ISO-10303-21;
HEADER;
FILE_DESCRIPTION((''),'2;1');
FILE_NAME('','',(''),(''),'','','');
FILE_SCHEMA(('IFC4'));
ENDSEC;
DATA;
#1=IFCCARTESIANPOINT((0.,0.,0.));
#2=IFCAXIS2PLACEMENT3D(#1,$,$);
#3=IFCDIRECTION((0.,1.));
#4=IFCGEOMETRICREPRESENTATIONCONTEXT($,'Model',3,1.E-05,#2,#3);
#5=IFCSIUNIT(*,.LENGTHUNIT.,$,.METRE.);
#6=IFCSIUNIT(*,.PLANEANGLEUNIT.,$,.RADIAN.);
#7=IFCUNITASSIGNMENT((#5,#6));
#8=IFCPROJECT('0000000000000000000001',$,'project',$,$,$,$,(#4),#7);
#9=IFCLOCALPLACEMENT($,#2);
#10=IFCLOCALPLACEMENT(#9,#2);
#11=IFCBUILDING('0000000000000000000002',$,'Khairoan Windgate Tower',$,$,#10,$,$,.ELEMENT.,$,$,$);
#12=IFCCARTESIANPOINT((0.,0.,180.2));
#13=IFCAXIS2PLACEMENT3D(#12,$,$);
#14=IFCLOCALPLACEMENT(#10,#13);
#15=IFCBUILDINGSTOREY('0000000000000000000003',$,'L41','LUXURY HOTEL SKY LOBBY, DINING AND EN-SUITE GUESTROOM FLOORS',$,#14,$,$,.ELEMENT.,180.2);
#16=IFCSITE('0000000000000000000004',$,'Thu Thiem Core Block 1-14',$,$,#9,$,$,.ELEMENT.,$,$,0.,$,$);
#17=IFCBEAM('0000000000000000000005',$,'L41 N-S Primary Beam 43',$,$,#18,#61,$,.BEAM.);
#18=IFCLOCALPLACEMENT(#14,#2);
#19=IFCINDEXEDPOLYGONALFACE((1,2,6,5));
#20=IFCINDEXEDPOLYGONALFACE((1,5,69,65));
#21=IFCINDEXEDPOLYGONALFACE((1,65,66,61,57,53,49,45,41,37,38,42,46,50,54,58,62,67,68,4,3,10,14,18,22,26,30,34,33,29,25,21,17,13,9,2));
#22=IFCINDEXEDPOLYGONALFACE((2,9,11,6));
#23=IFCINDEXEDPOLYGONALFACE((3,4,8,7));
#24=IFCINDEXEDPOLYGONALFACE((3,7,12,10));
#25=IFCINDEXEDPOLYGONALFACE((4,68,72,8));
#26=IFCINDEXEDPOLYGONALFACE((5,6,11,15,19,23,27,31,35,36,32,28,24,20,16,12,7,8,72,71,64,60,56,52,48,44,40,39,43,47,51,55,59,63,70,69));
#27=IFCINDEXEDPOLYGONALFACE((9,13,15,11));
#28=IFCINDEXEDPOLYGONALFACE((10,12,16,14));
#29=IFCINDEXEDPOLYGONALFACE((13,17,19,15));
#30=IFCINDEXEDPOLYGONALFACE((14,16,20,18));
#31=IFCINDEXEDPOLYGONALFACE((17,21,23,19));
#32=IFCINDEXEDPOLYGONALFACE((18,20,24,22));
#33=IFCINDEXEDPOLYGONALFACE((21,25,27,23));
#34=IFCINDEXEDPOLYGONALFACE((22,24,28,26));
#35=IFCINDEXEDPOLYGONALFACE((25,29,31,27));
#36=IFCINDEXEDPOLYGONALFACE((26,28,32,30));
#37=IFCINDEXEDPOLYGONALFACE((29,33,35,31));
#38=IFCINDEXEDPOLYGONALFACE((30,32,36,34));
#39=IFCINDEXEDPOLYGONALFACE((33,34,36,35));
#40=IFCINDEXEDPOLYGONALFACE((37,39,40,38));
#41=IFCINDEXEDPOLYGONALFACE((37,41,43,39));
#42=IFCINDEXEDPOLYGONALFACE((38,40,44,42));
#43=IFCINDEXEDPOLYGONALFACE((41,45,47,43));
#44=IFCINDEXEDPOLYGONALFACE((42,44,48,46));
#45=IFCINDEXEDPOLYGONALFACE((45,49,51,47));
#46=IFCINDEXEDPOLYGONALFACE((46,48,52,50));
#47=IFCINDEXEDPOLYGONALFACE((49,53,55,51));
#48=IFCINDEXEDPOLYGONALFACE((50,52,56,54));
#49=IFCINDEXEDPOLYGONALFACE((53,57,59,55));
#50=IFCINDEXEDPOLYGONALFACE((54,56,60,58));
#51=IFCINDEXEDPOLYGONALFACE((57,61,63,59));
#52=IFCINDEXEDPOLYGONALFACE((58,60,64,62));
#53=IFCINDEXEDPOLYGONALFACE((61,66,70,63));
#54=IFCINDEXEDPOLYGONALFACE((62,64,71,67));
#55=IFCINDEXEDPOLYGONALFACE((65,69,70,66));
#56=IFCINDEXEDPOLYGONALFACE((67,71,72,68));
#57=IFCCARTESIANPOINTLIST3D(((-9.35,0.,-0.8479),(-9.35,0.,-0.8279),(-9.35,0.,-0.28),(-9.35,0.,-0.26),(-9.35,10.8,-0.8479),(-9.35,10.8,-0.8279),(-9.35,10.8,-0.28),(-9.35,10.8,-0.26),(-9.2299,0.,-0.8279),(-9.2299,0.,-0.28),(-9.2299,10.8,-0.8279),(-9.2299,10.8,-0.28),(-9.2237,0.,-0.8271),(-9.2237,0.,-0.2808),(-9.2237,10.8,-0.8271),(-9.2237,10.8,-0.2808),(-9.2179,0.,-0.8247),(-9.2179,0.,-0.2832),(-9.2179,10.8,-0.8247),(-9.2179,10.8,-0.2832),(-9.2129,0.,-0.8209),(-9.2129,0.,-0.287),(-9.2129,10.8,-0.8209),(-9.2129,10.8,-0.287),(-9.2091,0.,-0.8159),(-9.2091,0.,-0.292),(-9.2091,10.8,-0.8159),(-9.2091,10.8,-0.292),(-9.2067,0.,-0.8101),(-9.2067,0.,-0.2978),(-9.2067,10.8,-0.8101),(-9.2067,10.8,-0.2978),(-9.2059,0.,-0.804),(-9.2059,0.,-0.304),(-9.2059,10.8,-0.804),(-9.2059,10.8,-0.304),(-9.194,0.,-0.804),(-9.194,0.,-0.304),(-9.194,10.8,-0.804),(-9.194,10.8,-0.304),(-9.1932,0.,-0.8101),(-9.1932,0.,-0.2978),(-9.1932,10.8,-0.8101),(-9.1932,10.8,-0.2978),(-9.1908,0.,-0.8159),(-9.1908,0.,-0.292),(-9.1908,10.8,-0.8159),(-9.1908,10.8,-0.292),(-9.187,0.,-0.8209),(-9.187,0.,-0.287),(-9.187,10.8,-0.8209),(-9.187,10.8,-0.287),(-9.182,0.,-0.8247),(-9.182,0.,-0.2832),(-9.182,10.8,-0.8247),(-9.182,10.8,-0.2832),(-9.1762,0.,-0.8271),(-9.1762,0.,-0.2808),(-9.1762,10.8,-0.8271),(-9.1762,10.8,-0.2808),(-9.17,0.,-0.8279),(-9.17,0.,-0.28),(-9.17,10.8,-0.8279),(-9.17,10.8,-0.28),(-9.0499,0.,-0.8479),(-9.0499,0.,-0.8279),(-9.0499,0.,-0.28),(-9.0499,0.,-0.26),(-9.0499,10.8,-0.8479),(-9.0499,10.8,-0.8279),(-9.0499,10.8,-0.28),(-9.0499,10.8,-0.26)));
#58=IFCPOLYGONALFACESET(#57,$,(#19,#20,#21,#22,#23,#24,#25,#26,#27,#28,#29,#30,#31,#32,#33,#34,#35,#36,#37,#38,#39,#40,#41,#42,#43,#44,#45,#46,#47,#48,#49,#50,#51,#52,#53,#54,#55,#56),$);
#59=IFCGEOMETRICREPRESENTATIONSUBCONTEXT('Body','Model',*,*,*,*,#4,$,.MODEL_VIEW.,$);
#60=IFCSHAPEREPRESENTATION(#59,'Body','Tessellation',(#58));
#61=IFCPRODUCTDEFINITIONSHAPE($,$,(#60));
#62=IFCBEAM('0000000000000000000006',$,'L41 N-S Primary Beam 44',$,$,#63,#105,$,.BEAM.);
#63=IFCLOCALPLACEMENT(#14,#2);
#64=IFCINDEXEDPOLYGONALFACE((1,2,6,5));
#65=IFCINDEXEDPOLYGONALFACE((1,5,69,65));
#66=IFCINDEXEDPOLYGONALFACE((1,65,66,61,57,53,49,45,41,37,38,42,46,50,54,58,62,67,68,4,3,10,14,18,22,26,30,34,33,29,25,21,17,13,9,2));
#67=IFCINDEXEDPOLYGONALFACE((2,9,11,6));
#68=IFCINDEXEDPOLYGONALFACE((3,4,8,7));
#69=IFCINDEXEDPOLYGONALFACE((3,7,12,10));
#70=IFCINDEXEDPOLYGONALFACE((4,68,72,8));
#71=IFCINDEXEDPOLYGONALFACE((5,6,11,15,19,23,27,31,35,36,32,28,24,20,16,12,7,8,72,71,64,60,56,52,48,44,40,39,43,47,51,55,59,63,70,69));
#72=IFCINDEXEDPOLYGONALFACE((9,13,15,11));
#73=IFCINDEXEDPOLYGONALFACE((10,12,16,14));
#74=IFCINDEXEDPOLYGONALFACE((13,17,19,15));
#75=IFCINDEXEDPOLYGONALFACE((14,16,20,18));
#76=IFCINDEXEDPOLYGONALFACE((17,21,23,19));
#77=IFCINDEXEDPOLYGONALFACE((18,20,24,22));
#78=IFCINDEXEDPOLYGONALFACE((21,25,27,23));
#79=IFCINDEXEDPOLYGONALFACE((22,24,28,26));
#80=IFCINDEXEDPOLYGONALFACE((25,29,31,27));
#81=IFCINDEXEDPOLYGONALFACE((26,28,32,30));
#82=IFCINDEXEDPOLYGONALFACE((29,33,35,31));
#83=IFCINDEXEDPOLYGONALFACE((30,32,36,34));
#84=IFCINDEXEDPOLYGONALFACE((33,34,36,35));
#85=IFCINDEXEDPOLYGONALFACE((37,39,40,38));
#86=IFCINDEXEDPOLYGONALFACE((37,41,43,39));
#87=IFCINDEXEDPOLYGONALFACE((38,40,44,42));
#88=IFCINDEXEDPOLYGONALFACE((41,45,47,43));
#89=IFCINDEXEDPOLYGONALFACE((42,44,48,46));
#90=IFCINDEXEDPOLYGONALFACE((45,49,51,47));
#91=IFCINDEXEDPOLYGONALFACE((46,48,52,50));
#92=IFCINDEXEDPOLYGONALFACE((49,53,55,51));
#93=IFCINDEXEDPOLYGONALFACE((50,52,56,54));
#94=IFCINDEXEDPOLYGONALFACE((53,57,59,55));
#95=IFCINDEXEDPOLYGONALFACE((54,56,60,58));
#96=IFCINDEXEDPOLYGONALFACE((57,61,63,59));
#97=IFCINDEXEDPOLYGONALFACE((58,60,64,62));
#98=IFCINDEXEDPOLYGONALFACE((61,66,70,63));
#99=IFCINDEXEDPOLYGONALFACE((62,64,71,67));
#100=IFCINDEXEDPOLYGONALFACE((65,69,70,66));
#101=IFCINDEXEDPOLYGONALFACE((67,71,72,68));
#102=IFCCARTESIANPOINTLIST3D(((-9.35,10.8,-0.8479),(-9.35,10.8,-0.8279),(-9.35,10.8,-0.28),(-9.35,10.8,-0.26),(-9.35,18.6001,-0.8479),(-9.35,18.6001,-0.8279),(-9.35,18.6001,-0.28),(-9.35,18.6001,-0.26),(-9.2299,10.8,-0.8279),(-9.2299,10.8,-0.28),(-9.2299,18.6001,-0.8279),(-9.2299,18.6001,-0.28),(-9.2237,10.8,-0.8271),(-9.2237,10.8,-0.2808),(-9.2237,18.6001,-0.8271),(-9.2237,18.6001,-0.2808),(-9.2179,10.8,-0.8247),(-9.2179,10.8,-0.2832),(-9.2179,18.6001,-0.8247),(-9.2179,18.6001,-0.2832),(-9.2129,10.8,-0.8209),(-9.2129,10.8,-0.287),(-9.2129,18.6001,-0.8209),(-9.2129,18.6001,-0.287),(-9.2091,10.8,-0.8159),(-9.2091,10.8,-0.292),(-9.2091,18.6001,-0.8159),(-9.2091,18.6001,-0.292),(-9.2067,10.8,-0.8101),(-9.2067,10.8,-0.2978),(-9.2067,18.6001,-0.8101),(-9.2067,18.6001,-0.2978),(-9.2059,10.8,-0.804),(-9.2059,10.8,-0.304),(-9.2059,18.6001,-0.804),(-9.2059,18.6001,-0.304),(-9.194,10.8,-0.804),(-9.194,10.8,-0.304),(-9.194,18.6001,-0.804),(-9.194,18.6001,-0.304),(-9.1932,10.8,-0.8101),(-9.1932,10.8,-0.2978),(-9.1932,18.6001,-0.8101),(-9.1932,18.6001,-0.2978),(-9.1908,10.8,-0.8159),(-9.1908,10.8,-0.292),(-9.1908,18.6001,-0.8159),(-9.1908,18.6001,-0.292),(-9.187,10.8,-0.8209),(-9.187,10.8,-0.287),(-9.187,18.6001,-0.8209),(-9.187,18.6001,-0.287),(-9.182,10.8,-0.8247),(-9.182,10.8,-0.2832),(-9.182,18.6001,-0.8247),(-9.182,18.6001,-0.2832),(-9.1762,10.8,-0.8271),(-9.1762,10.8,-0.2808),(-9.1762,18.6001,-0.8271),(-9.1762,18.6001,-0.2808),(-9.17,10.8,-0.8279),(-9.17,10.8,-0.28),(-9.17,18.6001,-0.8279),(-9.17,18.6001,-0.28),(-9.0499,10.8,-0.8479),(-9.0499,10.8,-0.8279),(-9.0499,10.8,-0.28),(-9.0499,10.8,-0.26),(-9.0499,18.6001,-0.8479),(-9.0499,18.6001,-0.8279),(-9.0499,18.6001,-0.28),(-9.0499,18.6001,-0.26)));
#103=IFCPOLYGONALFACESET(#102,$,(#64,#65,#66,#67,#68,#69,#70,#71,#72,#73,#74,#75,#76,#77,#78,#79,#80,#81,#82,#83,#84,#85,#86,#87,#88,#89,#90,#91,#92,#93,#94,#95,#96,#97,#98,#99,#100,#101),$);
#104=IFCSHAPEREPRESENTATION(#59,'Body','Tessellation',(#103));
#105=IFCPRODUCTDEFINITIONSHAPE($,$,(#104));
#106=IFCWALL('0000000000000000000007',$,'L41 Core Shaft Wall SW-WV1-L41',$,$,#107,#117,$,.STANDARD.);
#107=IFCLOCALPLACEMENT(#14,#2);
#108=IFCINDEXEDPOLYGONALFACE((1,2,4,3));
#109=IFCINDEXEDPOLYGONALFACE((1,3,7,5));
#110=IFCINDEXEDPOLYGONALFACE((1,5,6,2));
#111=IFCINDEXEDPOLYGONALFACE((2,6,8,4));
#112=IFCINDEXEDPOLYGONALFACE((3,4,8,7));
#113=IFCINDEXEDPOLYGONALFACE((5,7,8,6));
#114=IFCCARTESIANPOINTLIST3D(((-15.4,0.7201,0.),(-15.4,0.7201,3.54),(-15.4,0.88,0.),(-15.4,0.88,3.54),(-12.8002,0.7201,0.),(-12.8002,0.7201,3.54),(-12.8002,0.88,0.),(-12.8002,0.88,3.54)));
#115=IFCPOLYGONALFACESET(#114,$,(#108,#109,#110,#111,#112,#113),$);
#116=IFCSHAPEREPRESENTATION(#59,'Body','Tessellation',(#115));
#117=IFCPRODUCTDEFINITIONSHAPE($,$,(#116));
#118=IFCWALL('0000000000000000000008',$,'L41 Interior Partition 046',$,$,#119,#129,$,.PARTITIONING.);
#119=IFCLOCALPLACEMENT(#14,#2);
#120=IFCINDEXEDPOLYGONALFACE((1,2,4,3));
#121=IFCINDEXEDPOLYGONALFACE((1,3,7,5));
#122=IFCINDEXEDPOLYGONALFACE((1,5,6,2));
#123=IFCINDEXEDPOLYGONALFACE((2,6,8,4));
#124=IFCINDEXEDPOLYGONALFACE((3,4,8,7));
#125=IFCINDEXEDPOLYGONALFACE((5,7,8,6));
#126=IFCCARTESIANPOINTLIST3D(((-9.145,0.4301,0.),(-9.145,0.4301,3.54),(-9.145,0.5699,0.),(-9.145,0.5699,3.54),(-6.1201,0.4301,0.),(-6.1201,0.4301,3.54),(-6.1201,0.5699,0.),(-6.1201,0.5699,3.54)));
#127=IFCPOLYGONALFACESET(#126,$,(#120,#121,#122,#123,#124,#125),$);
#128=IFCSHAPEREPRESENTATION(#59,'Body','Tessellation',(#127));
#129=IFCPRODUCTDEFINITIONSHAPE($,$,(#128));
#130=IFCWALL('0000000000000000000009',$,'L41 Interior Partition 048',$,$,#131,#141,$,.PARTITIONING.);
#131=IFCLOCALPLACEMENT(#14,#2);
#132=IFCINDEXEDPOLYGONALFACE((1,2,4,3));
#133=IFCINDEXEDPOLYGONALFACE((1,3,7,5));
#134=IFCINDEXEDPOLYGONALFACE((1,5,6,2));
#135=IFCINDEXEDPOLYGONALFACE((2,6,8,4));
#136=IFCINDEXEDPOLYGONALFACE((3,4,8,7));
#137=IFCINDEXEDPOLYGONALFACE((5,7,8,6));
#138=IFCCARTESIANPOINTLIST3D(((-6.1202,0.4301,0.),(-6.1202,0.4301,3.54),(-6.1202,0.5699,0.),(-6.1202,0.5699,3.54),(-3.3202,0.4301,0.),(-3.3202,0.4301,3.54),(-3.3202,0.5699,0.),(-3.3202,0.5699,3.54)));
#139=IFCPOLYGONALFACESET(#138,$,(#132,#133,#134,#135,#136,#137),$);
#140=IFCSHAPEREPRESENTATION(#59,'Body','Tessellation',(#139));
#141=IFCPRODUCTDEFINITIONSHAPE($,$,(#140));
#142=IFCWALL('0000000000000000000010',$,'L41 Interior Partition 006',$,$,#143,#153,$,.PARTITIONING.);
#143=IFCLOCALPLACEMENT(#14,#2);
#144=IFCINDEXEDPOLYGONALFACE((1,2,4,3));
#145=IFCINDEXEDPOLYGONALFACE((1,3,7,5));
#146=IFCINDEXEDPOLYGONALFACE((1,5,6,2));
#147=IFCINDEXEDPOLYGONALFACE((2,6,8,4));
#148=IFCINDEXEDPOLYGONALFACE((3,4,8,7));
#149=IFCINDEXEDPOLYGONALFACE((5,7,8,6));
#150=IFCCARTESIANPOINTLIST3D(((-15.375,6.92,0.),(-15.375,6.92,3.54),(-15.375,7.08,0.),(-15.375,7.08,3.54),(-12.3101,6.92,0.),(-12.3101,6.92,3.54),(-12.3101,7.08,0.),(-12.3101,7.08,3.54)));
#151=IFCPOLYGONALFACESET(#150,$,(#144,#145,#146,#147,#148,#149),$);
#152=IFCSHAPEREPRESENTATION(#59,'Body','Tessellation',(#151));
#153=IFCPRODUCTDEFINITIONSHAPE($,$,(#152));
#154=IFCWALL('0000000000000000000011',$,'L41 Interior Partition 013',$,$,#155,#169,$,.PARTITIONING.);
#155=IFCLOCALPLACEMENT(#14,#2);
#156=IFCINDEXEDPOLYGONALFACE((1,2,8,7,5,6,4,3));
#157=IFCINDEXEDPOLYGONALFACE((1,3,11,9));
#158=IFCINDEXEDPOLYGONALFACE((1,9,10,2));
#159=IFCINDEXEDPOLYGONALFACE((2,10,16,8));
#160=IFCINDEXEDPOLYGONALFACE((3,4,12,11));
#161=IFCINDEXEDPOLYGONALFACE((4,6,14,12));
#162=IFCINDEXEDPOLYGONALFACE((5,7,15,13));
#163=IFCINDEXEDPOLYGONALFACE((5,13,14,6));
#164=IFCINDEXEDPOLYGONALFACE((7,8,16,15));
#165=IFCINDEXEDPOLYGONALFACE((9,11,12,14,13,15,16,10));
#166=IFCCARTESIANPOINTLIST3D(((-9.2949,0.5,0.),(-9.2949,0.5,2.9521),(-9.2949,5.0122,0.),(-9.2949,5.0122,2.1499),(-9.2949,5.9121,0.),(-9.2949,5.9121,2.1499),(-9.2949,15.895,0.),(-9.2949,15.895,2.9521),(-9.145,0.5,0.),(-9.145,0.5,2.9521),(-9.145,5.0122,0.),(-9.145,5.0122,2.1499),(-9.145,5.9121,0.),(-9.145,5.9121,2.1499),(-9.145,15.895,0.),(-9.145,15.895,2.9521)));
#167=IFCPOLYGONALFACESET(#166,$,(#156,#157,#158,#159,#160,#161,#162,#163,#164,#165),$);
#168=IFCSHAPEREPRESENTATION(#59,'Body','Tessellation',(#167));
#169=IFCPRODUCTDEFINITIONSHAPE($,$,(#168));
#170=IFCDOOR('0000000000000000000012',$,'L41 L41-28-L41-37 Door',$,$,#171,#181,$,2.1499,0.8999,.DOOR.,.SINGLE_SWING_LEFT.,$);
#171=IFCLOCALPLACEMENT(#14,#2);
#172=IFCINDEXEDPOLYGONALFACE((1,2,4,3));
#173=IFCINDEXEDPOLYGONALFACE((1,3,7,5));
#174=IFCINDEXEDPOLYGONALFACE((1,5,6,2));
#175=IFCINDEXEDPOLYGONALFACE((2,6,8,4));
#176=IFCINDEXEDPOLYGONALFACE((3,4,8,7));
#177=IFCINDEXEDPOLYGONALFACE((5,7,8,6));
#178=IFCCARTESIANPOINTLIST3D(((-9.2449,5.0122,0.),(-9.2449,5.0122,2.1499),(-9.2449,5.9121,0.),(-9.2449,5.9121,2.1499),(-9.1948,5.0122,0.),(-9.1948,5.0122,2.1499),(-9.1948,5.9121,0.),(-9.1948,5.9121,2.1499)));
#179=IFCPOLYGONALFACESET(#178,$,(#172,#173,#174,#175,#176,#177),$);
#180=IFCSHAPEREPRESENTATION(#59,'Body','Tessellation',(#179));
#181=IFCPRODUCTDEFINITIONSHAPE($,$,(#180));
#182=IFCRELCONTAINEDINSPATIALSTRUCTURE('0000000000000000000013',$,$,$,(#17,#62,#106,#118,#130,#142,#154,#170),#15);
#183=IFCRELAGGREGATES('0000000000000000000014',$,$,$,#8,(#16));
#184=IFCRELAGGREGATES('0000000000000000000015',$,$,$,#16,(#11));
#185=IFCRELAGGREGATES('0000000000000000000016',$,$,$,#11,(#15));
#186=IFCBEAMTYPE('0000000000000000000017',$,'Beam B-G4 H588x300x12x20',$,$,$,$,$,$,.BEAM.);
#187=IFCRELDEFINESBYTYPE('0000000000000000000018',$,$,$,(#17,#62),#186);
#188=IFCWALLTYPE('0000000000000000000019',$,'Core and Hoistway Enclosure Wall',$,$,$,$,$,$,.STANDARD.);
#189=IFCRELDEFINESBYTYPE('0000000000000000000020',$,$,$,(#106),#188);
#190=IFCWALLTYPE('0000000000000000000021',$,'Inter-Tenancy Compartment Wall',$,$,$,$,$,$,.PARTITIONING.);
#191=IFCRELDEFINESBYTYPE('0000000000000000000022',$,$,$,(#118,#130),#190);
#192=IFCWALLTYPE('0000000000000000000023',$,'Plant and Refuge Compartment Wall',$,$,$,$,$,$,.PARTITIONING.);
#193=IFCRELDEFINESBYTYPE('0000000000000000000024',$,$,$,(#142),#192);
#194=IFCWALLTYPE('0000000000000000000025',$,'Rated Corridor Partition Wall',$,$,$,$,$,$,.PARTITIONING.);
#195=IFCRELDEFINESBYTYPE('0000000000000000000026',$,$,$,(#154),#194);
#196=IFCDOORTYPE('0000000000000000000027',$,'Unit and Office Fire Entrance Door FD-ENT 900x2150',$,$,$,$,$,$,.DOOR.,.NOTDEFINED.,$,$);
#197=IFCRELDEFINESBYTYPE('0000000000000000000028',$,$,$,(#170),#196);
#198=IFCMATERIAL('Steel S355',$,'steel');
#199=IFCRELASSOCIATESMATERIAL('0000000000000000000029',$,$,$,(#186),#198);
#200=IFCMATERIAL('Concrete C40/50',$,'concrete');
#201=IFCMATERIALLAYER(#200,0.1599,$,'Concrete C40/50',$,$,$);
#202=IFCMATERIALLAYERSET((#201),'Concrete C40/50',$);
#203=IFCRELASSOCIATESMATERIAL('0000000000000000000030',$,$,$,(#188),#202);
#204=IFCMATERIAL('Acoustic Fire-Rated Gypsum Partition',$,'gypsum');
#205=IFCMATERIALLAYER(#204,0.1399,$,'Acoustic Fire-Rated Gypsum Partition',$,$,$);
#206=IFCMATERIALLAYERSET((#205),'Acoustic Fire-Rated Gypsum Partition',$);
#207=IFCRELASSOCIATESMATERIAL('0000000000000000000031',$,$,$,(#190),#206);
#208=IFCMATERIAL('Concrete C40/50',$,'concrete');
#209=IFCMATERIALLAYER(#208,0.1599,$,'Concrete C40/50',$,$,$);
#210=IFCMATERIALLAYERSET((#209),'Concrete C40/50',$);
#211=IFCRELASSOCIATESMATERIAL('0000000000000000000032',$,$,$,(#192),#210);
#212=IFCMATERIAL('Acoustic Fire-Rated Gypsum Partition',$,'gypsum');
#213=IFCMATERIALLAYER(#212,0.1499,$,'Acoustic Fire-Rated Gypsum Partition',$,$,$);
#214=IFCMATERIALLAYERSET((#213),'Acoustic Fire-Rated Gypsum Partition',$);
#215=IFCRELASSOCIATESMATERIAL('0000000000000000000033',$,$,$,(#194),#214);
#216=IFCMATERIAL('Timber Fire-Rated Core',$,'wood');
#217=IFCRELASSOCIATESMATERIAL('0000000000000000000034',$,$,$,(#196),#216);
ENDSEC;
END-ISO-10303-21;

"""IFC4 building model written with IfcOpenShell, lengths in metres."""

from ifc_helpers import new_model, si_unit, direction, frame, frame_2d, origin, origin_2d, place, context, subcontext, project, spatial, rectangle, i_section, extrude, material, layer, layer_set, material_profile, profile_set, type_object, element, fill, save


model = new_model("IFC4")

# Units and contexts
model_context = context("Model", 3, precision=1e-05, world=origin(), true_north=direction((0.0, 1.0)))
body_context = subcontext(model_context, "Body", "Model", "MODEL_VIEW")
ifc_project = project(units=[si_unit("LENGTHUNIT", "METRE"), si_unit("PLANEANGLEUNIT", "RADIAN")], contexts=[model_context])

# Site, building, storey
site_placement = place(None, origin())
site = spatial("IfcSite", under=ifc_project, at=site_placement, Name="Thu Thiem Core Block 1-14", CompositionType="ELEMENT", RefElevation=0.0)
building_placement = place(site_placement, origin())
building = spatial("IfcBuilding", under=site, at=building_placement, Name="Khairoan Windgate Tower", CompositionType="ELEMENT")
storey_placement = place(building_placement, frame((0.0, 0.0, 180.2)))
storey = spatial("IfcBuildingStorey", under=building, at=storey_placement, Name="L41", Description="LUXURY HOTEL SKY LOBBY, DINING AND EN-SUITE GUESTROOM FLOORS", CompositionType="ELEMENT", Elevation=180.2)

# Beams
ifc_material_1 = material(Name="Steel S355", Category="steel")
ifc_material_profile_1 = material_profile(ifc_material_1, i_section(OverallWidth=0.3, OverallDepth=0.5879, WebThickness=0.012, FlangeThickness=0.02, FilletRadius=0.0239, at=origin_2d()))
ifc_profile_set_1 = profile_set([ifc_material_profile_1], Name="Steel S355")
beam_type = type_object("IfcBeamType", Name="Beam B-G4 H588x300x12x20", PredefinedType="BEAM", material=ifc_profile_set_1)
beam_1_placement = place(storey_placement, frame((-9.2, 0.0, -0.554), z_axis=(0.0, 1.0, 0.0), x_axis=(-1.0, 0.0, 0.0)))
element("IfcBeam", 1, at=beam_1_placement, inside=storey, type_object=beam_type, Name="L41 N-S Primary Beam 43", PredefinedType="BEAM", context=body_context, shape_type="SweptSolid", body=[
    extrude(i_section(OverallWidth=0.3, OverallDepth=0.5879, WebThickness=0.012, FlangeThickness=0.02, FilletRadius=0.0239, at=origin_2d()), origin(), (0.0, 0.0, 1.0), 10.8),
])
beam_2_placement = place(storey_placement, frame((-9.2, 10.8, -0.554), z_axis=(0.0, 1.0, 0.0), x_axis=(-1.0, 0.0, 0.0)))
element("IfcBeam", 2, at=beam_2_placement, inside=storey, type_object=beam_type, Name="L41 N-S Primary Beam 44", PredefinedType="BEAM", context=body_context, shape_type="SweptSolid", body=[
    extrude(i_section(OverallWidth=0.3, OverallDepth=0.5879, WebThickness=0.012, FlangeThickness=0.02, FilletRadius=0.0239, at=origin_2d()), origin(), (0.0, 0.0, 1.0), 7.8),
])

# Walls
ifc_material_2 = material(Name="Concrete C40/50", Category="concrete")
ifc_layer_1 = layer(ifc_material_2, 0.1599, Name="Concrete C40/50")
ifc_layer_set_1 = layer_set([ifc_layer_1], Name="Concrete C40/50")
wall_type_1 = type_object("IfcWallType", Name="Core and Hoistway Enclosure Wall", PredefinedType="STANDARD", material=ifc_layer_set_1)
wall_1_placement = place(storey_placement, frame((-15.3999, 0.8, 0.0), z_axis=(0.0, 0.0, 1.0), x_axis=(1.0, 0.0, 0.0)))
element("IfcWall", 3, at=wall_1_placement, inside=storey, type_object=wall_type_1, Name="L41 Core Shaft Wall SW-WV1-L41", PredefinedType="STANDARD", context=body_context, shape_type="SweptSolid", body=[
    extrude(rectangle(XDim=2.5999, YDim=0.1599, at=frame_2d((1.2998, 0.0))), origin(), (0.0, 0.0, 1.0), 3.54),
])
ifc_material_3 = material(Name="Acoustic Fire-Rated Gypsum Partition", Category="gypsum")
ifc_layer_2 = layer(ifc_material_3, 0.1399, Name="Acoustic Fire-Rated Gypsum Partition")
ifc_layer_set_2 = layer_set([ifc_layer_2], Name="Acoustic Fire-Rated Gypsum Partition")
wall_type_2 = type_object("IfcWallType", Name="Inter-Tenancy Compartment Wall", PredefinedType="PARTITIONING", material=ifc_layer_set_2)
wall_2_placement = place(storey_placement, frame((-9.145, 0.5, 0.0), z_axis=(0.0, 0.0, 1.0), x_axis=(1.0, 0.0, 0.0)))
element("IfcWall", 4, at=wall_2_placement, inside=storey, type_object=wall_type_2, Name="L41 Interior Partition 046", PredefinedType="PARTITIONING", context=body_context, shape_type="SweptSolid", body=[
    extrude(rectangle(XDim=3.0249, YDim=0.1399, at=frame_2d((1.5125, 0.0))), origin(), (0.0, 0.0, 1.0), 3.54),
])
wall_3_placement = place(storey_placement, frame((-6.1201, 0.5, 0.0), z_axis=(0.0, 0.0, 1.0), x_axis=(1.0, 0.0, 0.0)))
element("IfcWall", 5, at=wall_3_placement, inside=storey, type_object=wall_type_2, Name="L41 Interior Partition 048", PredefinedType="PARTITIONING", context=body_context, shape_type="SweptSolid", body=[
    extrude(rectangle(XDim=2.8, YDim=0.1399, at=frame_2d((1.3999, 0.0))), origin(), (0.0, 0.0, 1.0), 3.54),
])
ifc_material_4 = material(Name="Concrete C40/50", Category="concrete")
ifc_layer_3 = layer(ifc_material_4, 0.1599, Name="Concrete C40/50")
ifc_layer_set_3 = layer_set([ifc_layer_3], Name="Concrete C40/50")
wall_type_3 = type_object("IfcWallType", Name="Plant and Refuge Compartment Wall", PredefinedType="PARTITIONING", material=ifc_layer_set_3)
wall_4_placement = place(storey_placement, frame((-15.375, 7.0, 0.0), z_axis=(0.0, 0.0, 1.0), x_axis=(1.0, 0.0, 0.0)))
element("IfcWall", 6, at=wall_4_placement, inside=storey, type_object=wall_type_3, Name="L41 Interior Partition 006", PredefinedType="PARTITIONING", context=body_context, shape_type="SweptSolid", body=[
    extrude(rectangle(XDim=3.0649, YDim=0.1599, at=frame_2d((1.5325, 0.0))), origin(), (0.0, 0.0, 1.0), 3.54),
])

# Wall, opening, door
ifc_material_5 = material(Name="Acoustic Fire-Rated Gypsum Partition", Category="gypsum")
ifc_layer_4 = layer(ifc_material_5, 0.1499, Name="Acoustic Fire-Rated Gypsum Partition")
ifc_layer_set_4 = layer_set([ifc_layer_4], Name="Acoustic Fire-Rated Gypsum Partition")
wall_type_4 = type_object("IfcWallType", Name="Rated Corridor Partition Wall", PredefinedType="PARTITIONING", material=ifc_layer_set_4)
wall_5_placement = place(storey_placement, frame((-9.22, 0.5, 0.0), z_axis=(0.0, 0.0, 1.0), x_axis=(0.0, 1.0, 0.0)))
wall_5 = element("IfcWall", 7, at=wall_5_placement, inside=storey, type_object=wall_type_4, Name="L41 Interior Partition 013", PredefinedType="PARTITIONING", context=body_context, shape_type="SweptSolid", body=[
    extrude(rectangle(XDim=15.395, YDim=0.1499, at=frame_2d((7.6975, 0.0))), origin(), (0.0, 0.0, 1.0), 2.9521),
])
opening_placement = place(wall_5_placement, frame((4.5122, 0.0, 0.0)))
opening = element("IfcOpeningElement", 8, at=opening_placement, cuts=wall_5, PredefinedType="OPENING", context=body_context, shape_type="SweptSolid", body=[
    extrude(rectangle(XDim=0.8999, YDim=2.1499, at=frame_2d((0.45, 1.075))), frame((0.0, 0.085, 0.0), z_axis=(0.0, -1.0, 0.0), x_axis=(1.0, 0.0, 0.0)), (0.0, 0.0, 1.0), 0.1699),
])
ifc_material_6 = material(Name="Timber Fire-Rated Core", Category="wood")
door_type = type_object("IfcDoorType", Name="Unit and Office Fire Entrance Door FD-ENT 900x2150", OperationType="NOTDEFINED", PredefinedType="DOOR", material=ifc_material_6)
door_placement = place(opening_placement, origin())
door = element("IfcDoor", 9, at=door_placement, inside=storey, type_object=door_type, Name="L41 L41-28-L41-37 Door", OperationType="SINGLE_SWING_LEFT", OverallHeight=2.1499, OverallWidth=0.8999, PredefinedType="DOOR", context=body_context, shape_type="SweptSolid", body=[
    extrude(rectangle(XDim=0.8999, YDim=2.1499, at=frame_2d((0.45, 1.075))), frame((0.0, 0.0249, 0.0), z_axis=(0.0, -1.0, 0.0), x_axis=(1.0, 0.0, 0.0)), (0.0, 0.0, 1.0), 0.05),
])
fill(opening, door)

save(model, "model.ifc")
